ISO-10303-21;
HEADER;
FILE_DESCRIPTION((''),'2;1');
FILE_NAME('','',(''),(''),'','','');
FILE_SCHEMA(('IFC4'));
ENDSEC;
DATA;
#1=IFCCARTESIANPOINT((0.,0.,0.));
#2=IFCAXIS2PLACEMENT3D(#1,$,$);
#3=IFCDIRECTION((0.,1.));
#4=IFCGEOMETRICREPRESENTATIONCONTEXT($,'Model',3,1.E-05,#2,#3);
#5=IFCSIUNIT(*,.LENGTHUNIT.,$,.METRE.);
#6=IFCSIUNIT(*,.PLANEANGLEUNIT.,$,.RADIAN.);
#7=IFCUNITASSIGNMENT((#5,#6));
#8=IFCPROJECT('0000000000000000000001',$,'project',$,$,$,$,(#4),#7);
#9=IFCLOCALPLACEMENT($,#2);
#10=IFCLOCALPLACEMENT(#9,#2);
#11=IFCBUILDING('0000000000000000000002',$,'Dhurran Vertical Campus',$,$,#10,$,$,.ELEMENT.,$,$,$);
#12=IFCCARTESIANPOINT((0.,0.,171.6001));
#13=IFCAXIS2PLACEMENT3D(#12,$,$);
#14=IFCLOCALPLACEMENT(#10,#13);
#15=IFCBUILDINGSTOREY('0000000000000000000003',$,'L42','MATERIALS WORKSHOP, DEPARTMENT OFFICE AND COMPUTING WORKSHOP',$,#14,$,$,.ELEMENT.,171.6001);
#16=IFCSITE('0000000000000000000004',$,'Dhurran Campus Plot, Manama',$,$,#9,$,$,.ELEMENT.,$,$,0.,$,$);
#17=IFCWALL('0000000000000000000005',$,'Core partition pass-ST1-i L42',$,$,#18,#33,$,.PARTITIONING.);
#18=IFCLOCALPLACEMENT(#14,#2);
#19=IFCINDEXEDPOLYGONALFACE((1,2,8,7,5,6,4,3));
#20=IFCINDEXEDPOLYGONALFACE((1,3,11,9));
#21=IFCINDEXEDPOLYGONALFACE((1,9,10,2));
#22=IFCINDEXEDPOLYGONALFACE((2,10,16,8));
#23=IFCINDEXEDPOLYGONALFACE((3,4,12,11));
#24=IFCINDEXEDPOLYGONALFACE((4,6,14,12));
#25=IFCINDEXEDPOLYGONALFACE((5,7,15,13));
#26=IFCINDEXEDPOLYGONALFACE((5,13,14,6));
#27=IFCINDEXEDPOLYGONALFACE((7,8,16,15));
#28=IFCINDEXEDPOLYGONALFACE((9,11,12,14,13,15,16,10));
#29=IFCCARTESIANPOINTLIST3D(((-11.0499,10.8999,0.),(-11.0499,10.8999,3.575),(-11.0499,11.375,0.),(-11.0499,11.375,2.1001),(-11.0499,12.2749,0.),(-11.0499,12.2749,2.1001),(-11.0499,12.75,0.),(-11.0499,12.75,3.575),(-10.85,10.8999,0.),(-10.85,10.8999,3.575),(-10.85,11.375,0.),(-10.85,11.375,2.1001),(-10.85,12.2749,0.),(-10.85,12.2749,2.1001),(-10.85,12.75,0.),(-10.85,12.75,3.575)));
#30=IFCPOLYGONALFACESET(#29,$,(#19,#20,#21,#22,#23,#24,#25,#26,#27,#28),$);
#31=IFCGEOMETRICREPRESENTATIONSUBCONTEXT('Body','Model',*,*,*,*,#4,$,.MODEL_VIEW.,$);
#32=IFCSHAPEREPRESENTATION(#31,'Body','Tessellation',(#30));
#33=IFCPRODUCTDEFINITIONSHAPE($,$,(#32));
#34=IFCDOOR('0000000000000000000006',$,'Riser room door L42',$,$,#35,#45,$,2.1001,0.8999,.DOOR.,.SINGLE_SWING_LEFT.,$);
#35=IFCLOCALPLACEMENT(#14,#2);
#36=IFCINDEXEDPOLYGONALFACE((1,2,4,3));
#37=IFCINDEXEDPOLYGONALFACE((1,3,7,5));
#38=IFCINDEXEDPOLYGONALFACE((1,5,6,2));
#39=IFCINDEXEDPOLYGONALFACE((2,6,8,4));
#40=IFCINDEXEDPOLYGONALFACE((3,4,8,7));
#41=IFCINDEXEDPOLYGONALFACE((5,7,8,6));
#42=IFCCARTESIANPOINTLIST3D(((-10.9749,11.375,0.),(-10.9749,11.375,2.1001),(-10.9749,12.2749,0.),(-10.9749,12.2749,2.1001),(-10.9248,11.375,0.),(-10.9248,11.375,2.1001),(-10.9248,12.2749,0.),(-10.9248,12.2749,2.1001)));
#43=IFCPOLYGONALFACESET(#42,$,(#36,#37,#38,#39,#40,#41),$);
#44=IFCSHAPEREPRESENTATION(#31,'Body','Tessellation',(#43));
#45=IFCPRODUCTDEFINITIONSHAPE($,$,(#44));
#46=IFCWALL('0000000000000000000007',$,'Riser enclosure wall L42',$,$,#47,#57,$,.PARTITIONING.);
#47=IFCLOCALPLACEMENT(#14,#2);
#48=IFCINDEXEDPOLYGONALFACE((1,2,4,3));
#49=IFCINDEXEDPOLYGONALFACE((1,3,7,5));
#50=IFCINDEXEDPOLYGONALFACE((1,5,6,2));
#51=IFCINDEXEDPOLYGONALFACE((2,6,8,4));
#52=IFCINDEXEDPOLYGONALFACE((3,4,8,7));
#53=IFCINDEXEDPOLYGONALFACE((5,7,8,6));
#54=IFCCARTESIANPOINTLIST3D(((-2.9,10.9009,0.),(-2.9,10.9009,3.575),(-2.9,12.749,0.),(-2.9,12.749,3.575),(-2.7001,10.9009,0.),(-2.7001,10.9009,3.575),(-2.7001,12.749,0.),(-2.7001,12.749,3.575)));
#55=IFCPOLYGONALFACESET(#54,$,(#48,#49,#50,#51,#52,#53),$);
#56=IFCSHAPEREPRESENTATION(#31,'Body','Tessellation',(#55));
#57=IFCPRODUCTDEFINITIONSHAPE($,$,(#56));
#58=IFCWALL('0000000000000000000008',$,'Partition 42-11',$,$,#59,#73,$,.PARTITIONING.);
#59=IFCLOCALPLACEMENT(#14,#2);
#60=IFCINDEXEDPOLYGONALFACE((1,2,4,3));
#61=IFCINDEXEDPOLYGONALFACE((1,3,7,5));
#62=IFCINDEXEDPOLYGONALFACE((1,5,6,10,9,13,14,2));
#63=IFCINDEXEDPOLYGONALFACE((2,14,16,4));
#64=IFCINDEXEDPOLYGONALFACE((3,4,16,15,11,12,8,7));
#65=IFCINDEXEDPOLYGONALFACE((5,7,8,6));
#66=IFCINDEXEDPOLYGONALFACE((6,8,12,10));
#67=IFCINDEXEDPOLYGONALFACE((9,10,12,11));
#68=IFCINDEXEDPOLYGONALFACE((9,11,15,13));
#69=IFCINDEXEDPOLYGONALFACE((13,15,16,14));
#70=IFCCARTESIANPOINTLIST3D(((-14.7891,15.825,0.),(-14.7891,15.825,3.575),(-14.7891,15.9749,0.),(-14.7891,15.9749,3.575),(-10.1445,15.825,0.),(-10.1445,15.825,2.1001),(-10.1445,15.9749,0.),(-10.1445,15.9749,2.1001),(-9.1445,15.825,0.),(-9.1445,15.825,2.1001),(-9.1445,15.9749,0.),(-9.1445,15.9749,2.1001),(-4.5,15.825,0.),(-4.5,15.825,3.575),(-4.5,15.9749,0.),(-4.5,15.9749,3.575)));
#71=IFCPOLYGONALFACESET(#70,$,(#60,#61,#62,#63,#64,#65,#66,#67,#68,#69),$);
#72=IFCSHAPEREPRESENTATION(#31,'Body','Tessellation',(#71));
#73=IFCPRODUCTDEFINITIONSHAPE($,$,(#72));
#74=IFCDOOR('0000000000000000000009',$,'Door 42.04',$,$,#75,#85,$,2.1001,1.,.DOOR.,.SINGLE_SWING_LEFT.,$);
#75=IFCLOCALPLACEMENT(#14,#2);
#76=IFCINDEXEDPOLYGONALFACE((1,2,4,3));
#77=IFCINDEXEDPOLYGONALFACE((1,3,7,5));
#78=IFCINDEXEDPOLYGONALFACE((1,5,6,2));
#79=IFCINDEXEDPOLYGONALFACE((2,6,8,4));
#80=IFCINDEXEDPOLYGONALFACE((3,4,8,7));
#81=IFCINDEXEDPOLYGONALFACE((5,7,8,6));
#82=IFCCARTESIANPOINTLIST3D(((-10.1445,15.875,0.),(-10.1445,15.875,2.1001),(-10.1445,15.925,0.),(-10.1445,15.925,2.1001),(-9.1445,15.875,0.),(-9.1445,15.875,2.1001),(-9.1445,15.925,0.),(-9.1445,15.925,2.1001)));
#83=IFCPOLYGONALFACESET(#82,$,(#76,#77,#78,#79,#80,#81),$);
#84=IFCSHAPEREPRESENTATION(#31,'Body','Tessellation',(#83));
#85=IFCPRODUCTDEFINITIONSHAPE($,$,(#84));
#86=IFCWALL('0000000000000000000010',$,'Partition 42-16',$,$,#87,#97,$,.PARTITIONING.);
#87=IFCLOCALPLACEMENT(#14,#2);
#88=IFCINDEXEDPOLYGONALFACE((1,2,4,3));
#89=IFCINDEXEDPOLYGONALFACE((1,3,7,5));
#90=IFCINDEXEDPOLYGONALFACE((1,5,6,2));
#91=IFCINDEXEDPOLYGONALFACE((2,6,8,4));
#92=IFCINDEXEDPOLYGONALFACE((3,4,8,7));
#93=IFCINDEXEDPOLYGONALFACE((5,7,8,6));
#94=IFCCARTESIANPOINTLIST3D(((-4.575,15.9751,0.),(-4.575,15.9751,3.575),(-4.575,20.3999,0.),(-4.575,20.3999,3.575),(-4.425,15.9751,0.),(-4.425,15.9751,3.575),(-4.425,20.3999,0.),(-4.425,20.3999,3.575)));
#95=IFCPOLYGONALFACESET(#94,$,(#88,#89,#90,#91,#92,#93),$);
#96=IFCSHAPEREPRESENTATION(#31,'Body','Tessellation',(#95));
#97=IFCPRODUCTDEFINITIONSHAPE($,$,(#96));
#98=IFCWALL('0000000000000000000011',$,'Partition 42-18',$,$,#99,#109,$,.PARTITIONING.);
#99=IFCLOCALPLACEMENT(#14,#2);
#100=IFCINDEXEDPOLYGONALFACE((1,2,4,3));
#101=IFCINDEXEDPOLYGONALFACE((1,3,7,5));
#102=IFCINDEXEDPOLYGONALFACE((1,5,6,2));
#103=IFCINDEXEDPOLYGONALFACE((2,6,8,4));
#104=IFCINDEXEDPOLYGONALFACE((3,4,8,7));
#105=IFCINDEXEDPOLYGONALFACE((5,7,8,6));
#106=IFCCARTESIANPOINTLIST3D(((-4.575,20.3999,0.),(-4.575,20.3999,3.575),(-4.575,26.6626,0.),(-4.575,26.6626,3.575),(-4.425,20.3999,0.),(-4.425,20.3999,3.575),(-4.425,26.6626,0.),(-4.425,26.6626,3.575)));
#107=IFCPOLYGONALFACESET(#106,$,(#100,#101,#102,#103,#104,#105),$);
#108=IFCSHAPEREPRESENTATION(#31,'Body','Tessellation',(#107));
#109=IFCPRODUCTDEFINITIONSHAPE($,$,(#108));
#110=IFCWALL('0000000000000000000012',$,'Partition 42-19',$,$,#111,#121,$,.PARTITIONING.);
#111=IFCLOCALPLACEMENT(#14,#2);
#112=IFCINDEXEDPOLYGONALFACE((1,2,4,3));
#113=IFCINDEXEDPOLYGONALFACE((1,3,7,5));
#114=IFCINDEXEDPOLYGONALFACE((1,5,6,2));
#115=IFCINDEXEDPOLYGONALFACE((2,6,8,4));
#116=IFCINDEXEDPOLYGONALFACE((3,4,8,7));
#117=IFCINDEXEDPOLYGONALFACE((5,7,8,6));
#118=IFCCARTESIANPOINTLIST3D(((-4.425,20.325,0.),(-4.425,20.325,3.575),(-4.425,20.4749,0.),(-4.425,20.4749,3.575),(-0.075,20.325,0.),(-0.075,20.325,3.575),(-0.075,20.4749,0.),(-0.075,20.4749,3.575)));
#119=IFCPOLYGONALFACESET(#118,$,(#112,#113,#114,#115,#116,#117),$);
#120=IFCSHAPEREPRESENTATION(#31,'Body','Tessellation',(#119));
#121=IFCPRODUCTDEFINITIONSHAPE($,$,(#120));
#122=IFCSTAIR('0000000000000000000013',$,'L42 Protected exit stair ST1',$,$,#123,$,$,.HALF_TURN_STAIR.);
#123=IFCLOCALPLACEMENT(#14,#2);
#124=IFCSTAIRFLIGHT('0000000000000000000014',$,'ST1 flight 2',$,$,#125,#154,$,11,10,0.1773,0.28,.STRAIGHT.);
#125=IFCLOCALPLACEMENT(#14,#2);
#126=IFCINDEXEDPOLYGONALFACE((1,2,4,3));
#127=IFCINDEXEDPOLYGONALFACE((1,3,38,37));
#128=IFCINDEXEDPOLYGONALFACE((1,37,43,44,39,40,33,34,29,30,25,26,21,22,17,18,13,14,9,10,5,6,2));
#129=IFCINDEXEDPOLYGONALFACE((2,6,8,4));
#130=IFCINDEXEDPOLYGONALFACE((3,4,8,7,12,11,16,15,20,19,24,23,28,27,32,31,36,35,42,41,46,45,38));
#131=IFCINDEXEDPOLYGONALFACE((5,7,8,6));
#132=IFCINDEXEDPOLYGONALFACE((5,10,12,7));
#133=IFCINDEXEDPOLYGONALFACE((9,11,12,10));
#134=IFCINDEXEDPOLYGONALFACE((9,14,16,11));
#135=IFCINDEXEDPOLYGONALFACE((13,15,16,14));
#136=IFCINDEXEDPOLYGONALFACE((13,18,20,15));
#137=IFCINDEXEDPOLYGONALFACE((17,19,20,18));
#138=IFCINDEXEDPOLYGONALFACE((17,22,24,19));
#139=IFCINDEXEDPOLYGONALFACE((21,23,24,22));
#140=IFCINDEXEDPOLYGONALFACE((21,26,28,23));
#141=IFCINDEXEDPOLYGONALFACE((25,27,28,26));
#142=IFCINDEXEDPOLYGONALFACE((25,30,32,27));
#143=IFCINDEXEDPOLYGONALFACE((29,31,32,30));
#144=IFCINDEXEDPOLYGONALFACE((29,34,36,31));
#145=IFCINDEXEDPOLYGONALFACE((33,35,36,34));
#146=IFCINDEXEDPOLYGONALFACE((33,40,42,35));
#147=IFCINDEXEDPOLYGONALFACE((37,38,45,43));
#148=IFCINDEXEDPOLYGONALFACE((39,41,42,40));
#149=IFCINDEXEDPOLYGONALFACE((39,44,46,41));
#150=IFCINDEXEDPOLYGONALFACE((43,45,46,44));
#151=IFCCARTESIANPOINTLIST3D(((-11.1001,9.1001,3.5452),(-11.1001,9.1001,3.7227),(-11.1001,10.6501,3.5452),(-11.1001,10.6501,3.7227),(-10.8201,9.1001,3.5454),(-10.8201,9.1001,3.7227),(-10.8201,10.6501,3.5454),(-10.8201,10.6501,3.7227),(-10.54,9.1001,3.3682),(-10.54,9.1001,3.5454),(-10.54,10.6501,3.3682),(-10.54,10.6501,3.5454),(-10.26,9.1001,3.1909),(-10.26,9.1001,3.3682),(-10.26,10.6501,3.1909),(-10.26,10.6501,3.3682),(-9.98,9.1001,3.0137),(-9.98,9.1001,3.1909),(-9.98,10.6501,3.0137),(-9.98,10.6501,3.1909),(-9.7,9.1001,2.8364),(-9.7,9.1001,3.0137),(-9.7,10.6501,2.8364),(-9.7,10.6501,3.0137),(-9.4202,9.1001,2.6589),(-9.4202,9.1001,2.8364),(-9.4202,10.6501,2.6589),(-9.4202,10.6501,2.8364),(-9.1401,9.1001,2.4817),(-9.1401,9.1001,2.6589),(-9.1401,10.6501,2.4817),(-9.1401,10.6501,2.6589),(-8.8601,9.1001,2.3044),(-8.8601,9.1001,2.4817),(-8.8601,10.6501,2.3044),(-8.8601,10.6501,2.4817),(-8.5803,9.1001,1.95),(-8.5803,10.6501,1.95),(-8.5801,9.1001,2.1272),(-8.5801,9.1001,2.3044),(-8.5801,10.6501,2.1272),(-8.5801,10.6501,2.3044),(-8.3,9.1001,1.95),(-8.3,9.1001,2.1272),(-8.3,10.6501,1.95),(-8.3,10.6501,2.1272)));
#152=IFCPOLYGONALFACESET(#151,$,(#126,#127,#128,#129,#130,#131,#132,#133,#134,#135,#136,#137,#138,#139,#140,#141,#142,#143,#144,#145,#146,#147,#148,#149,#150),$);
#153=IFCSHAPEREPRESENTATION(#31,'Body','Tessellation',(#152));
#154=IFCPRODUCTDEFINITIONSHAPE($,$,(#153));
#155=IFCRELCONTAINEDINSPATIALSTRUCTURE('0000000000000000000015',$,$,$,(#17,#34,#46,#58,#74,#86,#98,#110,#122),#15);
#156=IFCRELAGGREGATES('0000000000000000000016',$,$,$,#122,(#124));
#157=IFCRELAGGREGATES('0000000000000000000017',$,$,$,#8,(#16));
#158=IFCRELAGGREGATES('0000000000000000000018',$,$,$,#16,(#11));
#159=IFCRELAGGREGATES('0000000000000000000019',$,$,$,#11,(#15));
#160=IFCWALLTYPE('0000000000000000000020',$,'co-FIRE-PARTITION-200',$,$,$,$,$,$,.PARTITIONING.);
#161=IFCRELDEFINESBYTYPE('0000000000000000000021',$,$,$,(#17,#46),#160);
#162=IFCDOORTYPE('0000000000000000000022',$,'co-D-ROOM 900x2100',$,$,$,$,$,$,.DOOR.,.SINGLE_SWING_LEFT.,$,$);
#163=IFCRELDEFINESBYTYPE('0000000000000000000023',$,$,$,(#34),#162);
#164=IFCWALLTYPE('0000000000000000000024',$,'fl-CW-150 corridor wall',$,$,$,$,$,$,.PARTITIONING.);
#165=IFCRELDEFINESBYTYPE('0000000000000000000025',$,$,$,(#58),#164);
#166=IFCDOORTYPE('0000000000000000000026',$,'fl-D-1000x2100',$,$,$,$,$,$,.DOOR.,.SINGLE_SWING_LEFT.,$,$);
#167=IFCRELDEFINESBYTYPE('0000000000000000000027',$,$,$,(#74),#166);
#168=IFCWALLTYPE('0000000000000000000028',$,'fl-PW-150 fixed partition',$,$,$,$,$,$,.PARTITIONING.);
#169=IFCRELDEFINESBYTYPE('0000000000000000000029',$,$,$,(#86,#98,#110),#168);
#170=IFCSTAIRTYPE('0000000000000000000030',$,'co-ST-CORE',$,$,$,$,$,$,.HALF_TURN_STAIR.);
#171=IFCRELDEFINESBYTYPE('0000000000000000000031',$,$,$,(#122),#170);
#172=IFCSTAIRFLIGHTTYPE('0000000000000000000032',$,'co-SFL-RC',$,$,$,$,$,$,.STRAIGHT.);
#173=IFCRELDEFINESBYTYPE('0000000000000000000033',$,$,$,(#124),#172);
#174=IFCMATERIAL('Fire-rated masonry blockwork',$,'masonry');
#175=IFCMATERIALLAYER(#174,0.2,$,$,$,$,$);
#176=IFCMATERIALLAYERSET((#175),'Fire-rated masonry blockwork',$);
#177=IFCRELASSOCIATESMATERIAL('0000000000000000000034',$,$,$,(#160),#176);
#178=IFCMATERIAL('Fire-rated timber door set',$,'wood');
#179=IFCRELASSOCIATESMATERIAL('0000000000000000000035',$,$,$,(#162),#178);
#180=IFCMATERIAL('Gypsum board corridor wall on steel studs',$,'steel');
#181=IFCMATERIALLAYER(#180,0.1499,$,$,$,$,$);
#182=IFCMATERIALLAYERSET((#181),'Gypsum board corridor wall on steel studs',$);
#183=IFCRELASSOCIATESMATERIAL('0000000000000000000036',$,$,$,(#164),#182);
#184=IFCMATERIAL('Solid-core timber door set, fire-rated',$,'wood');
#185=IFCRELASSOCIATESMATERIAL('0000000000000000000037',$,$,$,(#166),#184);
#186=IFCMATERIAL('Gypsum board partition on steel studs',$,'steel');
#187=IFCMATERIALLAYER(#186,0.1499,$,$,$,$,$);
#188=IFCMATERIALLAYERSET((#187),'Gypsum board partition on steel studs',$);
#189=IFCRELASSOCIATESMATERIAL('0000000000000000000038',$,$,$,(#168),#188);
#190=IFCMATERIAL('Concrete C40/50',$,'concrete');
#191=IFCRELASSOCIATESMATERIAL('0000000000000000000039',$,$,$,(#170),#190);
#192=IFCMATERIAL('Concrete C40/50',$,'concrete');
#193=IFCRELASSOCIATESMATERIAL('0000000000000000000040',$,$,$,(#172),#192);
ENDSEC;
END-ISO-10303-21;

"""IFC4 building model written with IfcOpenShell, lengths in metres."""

from ifc_helpers import new_model, si_unit, direction, frame, frame_2d, origin, place, context, subcontext, project, spatial, polyline, rectangle, outline, extrude, material, layer, layer_set, type_object, element, fill, aggregate, save


model = new_model("IFC4")

# Units and contexts
model_context = context("Model", 3, precision=1e-05, world=origin(), true_north=direction((0.0, 1.0)))
body_context = subcontext(model_context, "Body", "Model", "MODEL_VIEW")
ifc_project = project(units=[si_unit("LENGTHUNIT", "METRE"), si_unit("PLANEANGLEUNIT", "RADIAN")], contexts=[model_context])

# Site, building, storey
site_placement = place(None, origin())
site = spatial("IfcSite", under=ifc_project, at=site_placement, Name="Dhurran Campus Plot, Manama", CompositionType="ELEMENT", RefElevation=0.0)
building_placement = place(site_placement, origin())
building = spatial("IfcBuilding", under=site, at=building_placement, Name="Dhurran Vertical Campus", CompositionType="ELEMENT")
storey_placement = place(building_placement, frame((0.0, 0.0, 171.6001)))
storey = spatial("IfcBuildingStorey", under=building, at=storey_placement, Name="L42", Description="MATERIALS WORKSHOP, DEPARTMENT OFFICE AND COMPUTING WORKSHOP", CompositionType="ELEMENT", Elevation=171.6001)

# Shared definitions
ifc_material_1 = material(Name="Fire-rated masonry blockwork", Category="masonry")
ifc_layer_1 = layer(ifc_material_1, 0.2)
ifc_layer_set_1 = layer_set([ifc_layer_1], Name="Fire-rated masonry blockwork")
wall_type_1 = type_object("IfcWallType", Name="co-FIRE-PARTITION-200", PredefinedType="PARTITIONING", material=ifc_layer_set_1)

# Wall, opening, door
wall_1_placement = place(storey_placement, frame((-10.95, 10.8999, 0.0), z_axis=(0.0, 0.0, 1.0), x_axis=(0.0, 1.0, 0.0)))
wall_1 = element("IfcWall", 1, at=wall_1_placement, inside=storey, type_object=wall_type_1, Name="Core partition pass-ST1-i L42", PredefinedType="PARTITIONING", context=body_context, shape_type="SweptSolid", body=[
    extrude(rectangle(XDim=1.8501, YDim=0.2, at=frame_2d((0.925, 0.0))), origin(), (0.0, 0.0, 1.0), 3.575),
])
opening_1_placement = place(wall_1_placement, frame((0.4751, 0.0, 0.0)))
opening_1 = element("IfcOpeningElement", 2, at=opening_1_placement, cuts=wall_1, PredefinedType="OPENING", context=body_context, shape_type="SweptSolid", body=[
    extrude(rectangle(XDim=0.8999, YDim=2.1001, at=frame_2d((0.45, 1.05))), frame((0.0, 0.1099, 0.0), z_axis=(0.0, -1.0, 0.0), x_axis=(1.0, 0.0, 0.0)), (0.0, 0.0, 1.0), 0.22),
])
ifc_material_2 = material(Name="Fire-rated timber door set", Category="wood")
door_type_1 = type_object("IfcDoorType", Name="co-D-ROOM 900x2100", OperationType="SINGLE_SWING_LEFT", PredefinedType="DOOR", material=ifc_material_2)
door_1_placement = place(opening_1_placement, origin())
door_1 = element("IfcDoor", 3, at=door_1_placement, inside=storey, type_object=door_type_1, Name="Riser room door L42", OperationType="SINGLE_SWING_LEFT", OverallHeight=2.1001, OverallWidth=0.8999, PredefinedType="DOOR", context=body_context, shape_type="SweptSolid", body=[
    extrude(rectangle(XDim=0.8999, YDim=2.1001, at=frame_2d((0.45, 1.05))), frame((0.0, 0.0249, 0.0), z_axis=(0.0, -1.0, 0.0), x_axis=(1.0, 0.0, 0.0)), (0.0, 0.0, 1.0), 0.05),
])
fill(opening_1, door_1)

# Wall
wall_2_placement = place(storey_placement, frame((-2.8, 10.9009, 0.0), z_axis=(0.0, 0.0, 1.0), x_axis=(0.0, 1.0, 0.0)))
element("IfcWall", 4, at=wall_2_placement, inside=storey, type_object=wall_type_1, Name="Riser enclosure wall L42", PredefinedType="PARTITIONING", context=body_context, shape_type="SweptSolid", body=[
    extrude(rectangle(XDim=1.8481, YDim=0.2, at=frame_2d((0.9241, 0.0))), origin(), (0.0, 0.0, 1.0), 3.575),
])

# Wall, opening, door
ifc_material_3 = material(Name="Gypsum board corridor wall on steel studs", Category="steel")
ifc_layer_2 = layer(ifc_material_3, 0.1499)
ifc_layer_set_2 = layer_set([ifc_layer_2], Name="Gypsum board corridor wall on steel studs")
wall_type_2 = type_object("IfcWallType", Name="fl-CW-150 corridor wall", PredefinedType="PARTITIONING", material=ifc_layer_set_2)
wall_3_placement = place(storey_placement, frame((-4.5, 15.8999, 0.0), z_axis=(0.0, 0.0, 1.0), x_axis=(-1.0, 0.0, 0.0)))
wall_3 = element("IfcWall", 5, at=wall_3_placement, inside=storey, type_object=wall_type_2, Name="Partition 42-11", PredefinedType="PARTITIONING", context=body_context, shape_type="SweptSolid", body=[
    extrude(rectangle(XDim=10.2891, YDim=0.1499, at=frame_2d((5.1445, 0.0))), origin(), (0.0, 0.0, 1.0), 3.575),
])
opening_2_placement = place(wall_3_placement, frame((4.6445, 0.0, 0.0)))
opening_2 = element("IfcOpeningElement", 6, at=opening_2_placement, cuts=wall_3, PredefinedType="OPENING", context=body_context, shape_type="SweptSolid", body=[
    extrude(rectangle(XDim=1.0, YDim=2.1001, at=frame_2d((0.5, 1.05))), frame((0.0, 0.085, 0.0), z_axis=(0.0, -1.0, 0.0), x_axis=(1.0, 0.0, 0.0)), (0.0, 0.0, 1.0), 0.1699),
])
ifc_material_4 = material(Name="Solid-core timber door set, fire-rated", Category="wood")
door_type_2 = type_object("IfcDoorType", Name="fl-D-1000x2100", OperationType="SINGLE_SWING_LEFT", PredefinedType="DOOR", material=ifc_material_4)
door_2_placement = place(opening_2_placement, origin())
door_2 = element("IfcDoor", 7, at=door_2_placement, inside=storey, type_object=door_type_2, Name="Door 42.04", OperationType="SINGLE_SWING_LEFT", OverallHeight=2.1001, OverallWidth=1.0, PredefinedType="DOOR", context=body_context, shape_type="SweptSolid", body=[
    extrude(rectangle(XDim=1.0, YDim=2.1001, at=frame_2d((0.5, 1.05))), frame((0.0, 0.0249, 0.0), z_axis=(0.0, -1.0, 0.0), x_axis=(1.0, 0.0, 0.0)), (0.0, 0.0, 1.0), 0.05),
])
fill(opening_2, door_2)

# Walls
ifc_material_5 = material(Name="Gypsum board partition on steel studs", Category="steel")
ifc_layer_3 = layer(ifc_material_5, 0.1499)
ifc_layer_set_3 = layer_set([ifc_layer_3], Name="Gypsum board partition on steel studs")
wall_type_3 = type_object("IfcWallType", Name="fl-PW-150 fixed partition", PredefinedType="PARTITIONING", material=ifc_layer_set_3)
wall_4_placement = place(storey_placement, frame((-4.5, 20.3999, 0.0), z_axis=(0.0, 0.0, 1.0), x_axis=(0.0, -1.0, 0.0)))
element("IfcWall", 8, at=wall_4_placement, inside=storey, type_object=wall_type_3, Name="Partition 42-16", PredefinedType="PARTITIONING", context=body_context, shape_type="SweptSolid", body=[
    extrude(rectangle(XDim=4.4248, YDim=0.1499, at=frame_2d((2.2124, 0.0))), origin(), (0.0, 0.0, 1.0), 3.575),
])
wall_5_placement = place(storey_placement, frame((-4.5, 26.6626, 0.0), z_axis=(0.0, 0.0, 1.0), x_axis=(0.0, -1.0, 0.0)))
element("IfcWall", 9, at=wall_5_placement, inside=storey, type_object=wall_type_3, Name="Partition 42-18", PredefinedType="PARTITIONING", context=body_context, shape_type="SweptSolid", body=[
    extrude(rectangle(XDim=6.2627, YDim=0.1499, at=frame_2d((3.1313, 0.0))), origin(), (0.0, 0.0, 1.0), 3.575),
])
wall_6_placement = place(storey_placement, frame((-4.425, 20.3999, 0.0), z_axis=(0.0, 0.0, 1.0), x_axis=(1.0, 0.0, 0.0)))
element("IfcWall", 10, at=wall_6_placement, inside=storey, type_object=wall_type_3, Name="Partition 42-19", PredefinedType="PARTITIONING", context=body_context, shape_type="SweptSolid", body=[
    extrude(rectangle(XDim=4.3501, YDim=0.1499, at=frame_2d((2.175, 0.0))), origin(), (0.0, 0.0, 1.0), 3.575),
])

# Stair, stair flight
ifc_material_6 = material(Name="Concrete C40/50", Category="concrete")
stair_type = type_object("IfcStairType", Name="co-ST-CORE", PredefinedType="HALF_TURN_STAIR", material=ifc_material_6)
stair_placement = place(storey_placement, origin())
stair = element("IfcStair", 11, at=stair_placement, inside=storey, type_object=stair_type, Name="L42 Protected exit stair ST1", PredefinedType="HALF_TURN_STAIR")
ifc_material_7 = material(Name="Concrete C40/50", Category="concrete")
stair_flight_type = type_object("IfcStairFlightType", Name="co-SFL-RC", PredefinedType="STRAIGHT", material=ifc_material_7)
stair_flight_placement = place(storey_placement, frame((-8.3, 9.875, 1.95), z_axis=(0.0, 0.0, 1.0), x_axis=(-1.0, 0.0, 0.0)))
stair_flight = element("IfcStairFlight", 12, at=stair_flight_placement, type_object=stair_flight_type, Name="ST1 flight 2", NumberOfRisers=11, NumberOfTreads=10, PredefinedType="STRAIGHT", RiserHeight=0.1773, TreadLength=0.28, context=body_context, shape_type="SweptSolid", body=[
    extrude(outline(polyline([(0.0, 0.0), (0.0, 0.1772), (0.28, 0.1772), (0.28, 0.3545), (0.5601, 0.3545), (0.5601, 0.5317), (0.8401, 0.5317), (0.8401, 0.709), (1.1201, 0.709), (1.1201, 0.8865), (1.3999, 0.8865), (1.3999, 1.0637), (1.6799, 1.0637), (1.6799, 1.241), (1.96, 1.241), (1.96, 1.4182), (2.24, 1.4182), (2.24, 1.5955), (2.52, 1.5955), (2.52, 1.7727), (2.8, 1.7727), (2.8, 1.95), (2.8, 1.5952), (0.2803, 0.0), (0.0, 0.0)])), frame((0.0, 0.7749, 0.0), z_axis=(0.0, -1.0, 0.0), x_axis=(1.0, 0.0, 0.0)), (0.0, 0.0, 1.0), 1.55),
])
aggregate(stair, [stair_flight])

save(model, "model.ifc")
